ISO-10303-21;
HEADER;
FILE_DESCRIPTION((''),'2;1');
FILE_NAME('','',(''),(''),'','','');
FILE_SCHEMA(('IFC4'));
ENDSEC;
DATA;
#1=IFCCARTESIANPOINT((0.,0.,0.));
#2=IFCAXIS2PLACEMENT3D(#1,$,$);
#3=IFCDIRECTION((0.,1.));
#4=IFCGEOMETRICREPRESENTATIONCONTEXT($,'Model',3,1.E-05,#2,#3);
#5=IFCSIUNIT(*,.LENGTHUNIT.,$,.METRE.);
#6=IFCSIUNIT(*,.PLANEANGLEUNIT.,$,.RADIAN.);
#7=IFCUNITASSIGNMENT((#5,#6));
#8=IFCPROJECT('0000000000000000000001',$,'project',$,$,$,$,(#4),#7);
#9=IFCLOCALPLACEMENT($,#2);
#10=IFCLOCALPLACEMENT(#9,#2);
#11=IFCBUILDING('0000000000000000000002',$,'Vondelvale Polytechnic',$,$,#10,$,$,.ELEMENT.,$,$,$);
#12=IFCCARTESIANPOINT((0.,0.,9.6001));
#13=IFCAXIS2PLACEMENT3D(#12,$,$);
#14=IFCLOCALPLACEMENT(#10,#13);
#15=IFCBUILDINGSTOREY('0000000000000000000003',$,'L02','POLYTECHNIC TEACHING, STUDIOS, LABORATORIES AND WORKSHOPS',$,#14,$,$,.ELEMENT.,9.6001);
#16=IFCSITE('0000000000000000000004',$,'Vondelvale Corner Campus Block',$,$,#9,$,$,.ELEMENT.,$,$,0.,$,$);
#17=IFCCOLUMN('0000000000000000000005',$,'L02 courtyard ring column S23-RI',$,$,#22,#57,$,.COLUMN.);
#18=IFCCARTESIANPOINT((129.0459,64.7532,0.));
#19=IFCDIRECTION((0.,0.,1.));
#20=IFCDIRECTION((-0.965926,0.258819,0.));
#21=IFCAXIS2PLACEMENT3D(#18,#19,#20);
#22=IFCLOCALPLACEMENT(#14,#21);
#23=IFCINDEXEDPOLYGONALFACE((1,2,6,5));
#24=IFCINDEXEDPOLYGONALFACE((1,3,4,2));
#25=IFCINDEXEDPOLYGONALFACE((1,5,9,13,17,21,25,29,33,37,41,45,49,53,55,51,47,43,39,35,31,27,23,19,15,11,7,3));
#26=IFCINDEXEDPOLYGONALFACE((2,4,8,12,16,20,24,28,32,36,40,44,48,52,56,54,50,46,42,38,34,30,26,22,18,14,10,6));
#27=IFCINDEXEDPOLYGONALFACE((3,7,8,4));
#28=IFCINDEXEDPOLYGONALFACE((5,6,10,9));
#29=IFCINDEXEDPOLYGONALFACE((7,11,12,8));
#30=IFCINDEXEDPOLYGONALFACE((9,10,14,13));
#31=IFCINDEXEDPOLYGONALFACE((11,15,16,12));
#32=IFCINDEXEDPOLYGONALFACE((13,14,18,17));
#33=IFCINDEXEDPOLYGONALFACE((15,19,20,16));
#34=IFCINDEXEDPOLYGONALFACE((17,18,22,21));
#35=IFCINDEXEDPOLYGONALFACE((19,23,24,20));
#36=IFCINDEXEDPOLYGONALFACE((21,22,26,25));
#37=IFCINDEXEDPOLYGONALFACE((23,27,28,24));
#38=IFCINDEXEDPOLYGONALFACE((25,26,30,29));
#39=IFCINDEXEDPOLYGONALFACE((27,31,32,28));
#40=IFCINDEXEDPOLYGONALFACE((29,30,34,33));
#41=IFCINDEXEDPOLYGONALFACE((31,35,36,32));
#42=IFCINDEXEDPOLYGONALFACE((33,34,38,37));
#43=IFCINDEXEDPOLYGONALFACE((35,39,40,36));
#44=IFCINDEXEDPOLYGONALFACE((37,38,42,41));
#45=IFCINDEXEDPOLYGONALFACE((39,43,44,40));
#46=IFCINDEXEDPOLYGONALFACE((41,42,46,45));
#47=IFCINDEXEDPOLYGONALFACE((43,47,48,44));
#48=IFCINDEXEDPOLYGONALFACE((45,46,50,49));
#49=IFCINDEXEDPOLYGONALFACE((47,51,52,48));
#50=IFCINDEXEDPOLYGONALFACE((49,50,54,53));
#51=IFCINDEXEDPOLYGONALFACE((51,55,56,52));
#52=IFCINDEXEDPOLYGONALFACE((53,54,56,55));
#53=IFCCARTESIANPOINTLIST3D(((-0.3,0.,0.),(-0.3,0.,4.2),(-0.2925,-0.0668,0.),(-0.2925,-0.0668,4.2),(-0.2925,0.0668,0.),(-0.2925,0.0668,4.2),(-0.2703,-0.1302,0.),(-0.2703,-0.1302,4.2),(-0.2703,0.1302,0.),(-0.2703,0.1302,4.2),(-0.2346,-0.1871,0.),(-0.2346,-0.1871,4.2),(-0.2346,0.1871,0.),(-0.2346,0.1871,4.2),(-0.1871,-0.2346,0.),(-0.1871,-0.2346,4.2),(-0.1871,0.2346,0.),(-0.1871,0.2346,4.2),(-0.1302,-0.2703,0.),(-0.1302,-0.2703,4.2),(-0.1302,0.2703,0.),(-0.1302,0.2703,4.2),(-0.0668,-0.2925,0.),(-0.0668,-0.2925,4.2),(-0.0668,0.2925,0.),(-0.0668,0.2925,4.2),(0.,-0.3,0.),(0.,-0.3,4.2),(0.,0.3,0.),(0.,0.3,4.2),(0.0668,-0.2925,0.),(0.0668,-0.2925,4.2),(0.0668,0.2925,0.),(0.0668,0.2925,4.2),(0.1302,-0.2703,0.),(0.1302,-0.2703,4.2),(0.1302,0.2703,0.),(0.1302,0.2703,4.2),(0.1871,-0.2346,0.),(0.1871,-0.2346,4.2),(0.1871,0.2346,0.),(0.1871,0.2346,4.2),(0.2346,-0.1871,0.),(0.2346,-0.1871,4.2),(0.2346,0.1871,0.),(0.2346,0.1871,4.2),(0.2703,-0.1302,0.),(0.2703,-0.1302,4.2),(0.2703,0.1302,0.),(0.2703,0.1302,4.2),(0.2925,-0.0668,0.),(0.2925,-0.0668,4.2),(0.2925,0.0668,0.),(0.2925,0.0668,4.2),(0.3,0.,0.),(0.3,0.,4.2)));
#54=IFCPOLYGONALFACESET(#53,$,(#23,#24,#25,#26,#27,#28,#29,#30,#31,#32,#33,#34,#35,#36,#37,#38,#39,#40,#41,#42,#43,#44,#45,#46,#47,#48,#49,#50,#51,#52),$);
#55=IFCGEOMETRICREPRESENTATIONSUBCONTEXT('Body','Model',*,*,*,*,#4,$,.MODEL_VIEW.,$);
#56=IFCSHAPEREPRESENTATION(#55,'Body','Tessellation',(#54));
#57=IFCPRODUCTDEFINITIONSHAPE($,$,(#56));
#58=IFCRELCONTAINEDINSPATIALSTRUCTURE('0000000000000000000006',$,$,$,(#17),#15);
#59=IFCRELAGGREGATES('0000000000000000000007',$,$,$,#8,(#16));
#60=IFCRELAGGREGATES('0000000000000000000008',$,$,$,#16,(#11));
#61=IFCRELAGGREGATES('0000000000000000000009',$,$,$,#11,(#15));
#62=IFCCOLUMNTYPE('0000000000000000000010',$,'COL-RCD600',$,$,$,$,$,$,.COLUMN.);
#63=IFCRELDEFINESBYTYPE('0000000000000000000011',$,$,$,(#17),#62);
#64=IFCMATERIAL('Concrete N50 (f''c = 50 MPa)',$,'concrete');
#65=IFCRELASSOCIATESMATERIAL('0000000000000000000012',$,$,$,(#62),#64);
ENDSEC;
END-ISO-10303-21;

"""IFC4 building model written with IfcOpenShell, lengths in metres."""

from ifc_helpers import new_model, si_unit, direction, frame, origin, origin_2d, place, context, subcontext, project, spatial, circle, extrude, material, material_profile, profile_set, type_object, element, save


model = new_model("IFC4")

# Units and contexts
model_context = context("Model", 3, precision=1e-05, world=origin(), true_north=direction((0.0, 1.0)))
body_context = subcontext(model_context, "Body", "Model", "MODEL_VIEW")
ifc_project = project(units=[si_unit("LENGTHUNIT", "METRE"), si_unit("PLANEANGLEUNIT", "RADIAN")], contexts=[model_context])

# Site, building, storey
site_placement = place(None, origin())
site = spatial("IfcSite", under=ifc_project, at=site_placement, Name="Vondelvale Corner Campus Block", CompositionType="ELEMENT", RefElevation=0.0)
building_placement = place(site_placement, origin())
building = spatial("IfcBuilding", under=site, at=building_placement, Name="Vondelvale Polytechnic", CompositionType="ELEMENT")
storey_placement = place(building_placement, frame((0.0, 0.0, 9.6001)))
storey = spatial("IfcBuildingStorey", under=building, at=storey_placement, Name="L02", Description="POLYTECHNIC TEACHING, STUDIOS, LABORATORIES AND WORKSHOPS", CompositionType="ELEMENT", Elevation=9.6001)

# Column
ifc_material_1 = material(Name="Concrete N50 (f'c = 50 MPa)", Category="concrete")
ifc_material_profile_1 = material_profile(ifc_material_1, circle(Radius=0.3, at=origin_2d()), Name="RC-COL-D600")
ifc_profile_set_1 = profile_set([ifc_material_profile_1], Name="Concrete N50 (f'c = 50 MPa)")
column_type = type_object("IfcColumnType", Name="COL-RCD600", PredefinedType="COLUMN", material=ifc_profile_set_1)
column_placement = place(storey_placement, frame((129.0459, 64.7532, 0.0), z_axis=(0.0, 0.0, 1.0), x_axis=(-0.965926, 0.258819, 0.0)))
element("IfcColumn", 1, at=column_placement, inside=storey, type_object=column_type, Name="L02 courtyard ring column S23-RI", PredefinedType="COLUMN", context=body_context, shape_type="SweptSolid", body=[
    extrude(circle(Radius=0.3, at=origin_2d()), origin(), (0.0, 0.0, 1.0), 4.2),
])

save(model, "model.ifc")
